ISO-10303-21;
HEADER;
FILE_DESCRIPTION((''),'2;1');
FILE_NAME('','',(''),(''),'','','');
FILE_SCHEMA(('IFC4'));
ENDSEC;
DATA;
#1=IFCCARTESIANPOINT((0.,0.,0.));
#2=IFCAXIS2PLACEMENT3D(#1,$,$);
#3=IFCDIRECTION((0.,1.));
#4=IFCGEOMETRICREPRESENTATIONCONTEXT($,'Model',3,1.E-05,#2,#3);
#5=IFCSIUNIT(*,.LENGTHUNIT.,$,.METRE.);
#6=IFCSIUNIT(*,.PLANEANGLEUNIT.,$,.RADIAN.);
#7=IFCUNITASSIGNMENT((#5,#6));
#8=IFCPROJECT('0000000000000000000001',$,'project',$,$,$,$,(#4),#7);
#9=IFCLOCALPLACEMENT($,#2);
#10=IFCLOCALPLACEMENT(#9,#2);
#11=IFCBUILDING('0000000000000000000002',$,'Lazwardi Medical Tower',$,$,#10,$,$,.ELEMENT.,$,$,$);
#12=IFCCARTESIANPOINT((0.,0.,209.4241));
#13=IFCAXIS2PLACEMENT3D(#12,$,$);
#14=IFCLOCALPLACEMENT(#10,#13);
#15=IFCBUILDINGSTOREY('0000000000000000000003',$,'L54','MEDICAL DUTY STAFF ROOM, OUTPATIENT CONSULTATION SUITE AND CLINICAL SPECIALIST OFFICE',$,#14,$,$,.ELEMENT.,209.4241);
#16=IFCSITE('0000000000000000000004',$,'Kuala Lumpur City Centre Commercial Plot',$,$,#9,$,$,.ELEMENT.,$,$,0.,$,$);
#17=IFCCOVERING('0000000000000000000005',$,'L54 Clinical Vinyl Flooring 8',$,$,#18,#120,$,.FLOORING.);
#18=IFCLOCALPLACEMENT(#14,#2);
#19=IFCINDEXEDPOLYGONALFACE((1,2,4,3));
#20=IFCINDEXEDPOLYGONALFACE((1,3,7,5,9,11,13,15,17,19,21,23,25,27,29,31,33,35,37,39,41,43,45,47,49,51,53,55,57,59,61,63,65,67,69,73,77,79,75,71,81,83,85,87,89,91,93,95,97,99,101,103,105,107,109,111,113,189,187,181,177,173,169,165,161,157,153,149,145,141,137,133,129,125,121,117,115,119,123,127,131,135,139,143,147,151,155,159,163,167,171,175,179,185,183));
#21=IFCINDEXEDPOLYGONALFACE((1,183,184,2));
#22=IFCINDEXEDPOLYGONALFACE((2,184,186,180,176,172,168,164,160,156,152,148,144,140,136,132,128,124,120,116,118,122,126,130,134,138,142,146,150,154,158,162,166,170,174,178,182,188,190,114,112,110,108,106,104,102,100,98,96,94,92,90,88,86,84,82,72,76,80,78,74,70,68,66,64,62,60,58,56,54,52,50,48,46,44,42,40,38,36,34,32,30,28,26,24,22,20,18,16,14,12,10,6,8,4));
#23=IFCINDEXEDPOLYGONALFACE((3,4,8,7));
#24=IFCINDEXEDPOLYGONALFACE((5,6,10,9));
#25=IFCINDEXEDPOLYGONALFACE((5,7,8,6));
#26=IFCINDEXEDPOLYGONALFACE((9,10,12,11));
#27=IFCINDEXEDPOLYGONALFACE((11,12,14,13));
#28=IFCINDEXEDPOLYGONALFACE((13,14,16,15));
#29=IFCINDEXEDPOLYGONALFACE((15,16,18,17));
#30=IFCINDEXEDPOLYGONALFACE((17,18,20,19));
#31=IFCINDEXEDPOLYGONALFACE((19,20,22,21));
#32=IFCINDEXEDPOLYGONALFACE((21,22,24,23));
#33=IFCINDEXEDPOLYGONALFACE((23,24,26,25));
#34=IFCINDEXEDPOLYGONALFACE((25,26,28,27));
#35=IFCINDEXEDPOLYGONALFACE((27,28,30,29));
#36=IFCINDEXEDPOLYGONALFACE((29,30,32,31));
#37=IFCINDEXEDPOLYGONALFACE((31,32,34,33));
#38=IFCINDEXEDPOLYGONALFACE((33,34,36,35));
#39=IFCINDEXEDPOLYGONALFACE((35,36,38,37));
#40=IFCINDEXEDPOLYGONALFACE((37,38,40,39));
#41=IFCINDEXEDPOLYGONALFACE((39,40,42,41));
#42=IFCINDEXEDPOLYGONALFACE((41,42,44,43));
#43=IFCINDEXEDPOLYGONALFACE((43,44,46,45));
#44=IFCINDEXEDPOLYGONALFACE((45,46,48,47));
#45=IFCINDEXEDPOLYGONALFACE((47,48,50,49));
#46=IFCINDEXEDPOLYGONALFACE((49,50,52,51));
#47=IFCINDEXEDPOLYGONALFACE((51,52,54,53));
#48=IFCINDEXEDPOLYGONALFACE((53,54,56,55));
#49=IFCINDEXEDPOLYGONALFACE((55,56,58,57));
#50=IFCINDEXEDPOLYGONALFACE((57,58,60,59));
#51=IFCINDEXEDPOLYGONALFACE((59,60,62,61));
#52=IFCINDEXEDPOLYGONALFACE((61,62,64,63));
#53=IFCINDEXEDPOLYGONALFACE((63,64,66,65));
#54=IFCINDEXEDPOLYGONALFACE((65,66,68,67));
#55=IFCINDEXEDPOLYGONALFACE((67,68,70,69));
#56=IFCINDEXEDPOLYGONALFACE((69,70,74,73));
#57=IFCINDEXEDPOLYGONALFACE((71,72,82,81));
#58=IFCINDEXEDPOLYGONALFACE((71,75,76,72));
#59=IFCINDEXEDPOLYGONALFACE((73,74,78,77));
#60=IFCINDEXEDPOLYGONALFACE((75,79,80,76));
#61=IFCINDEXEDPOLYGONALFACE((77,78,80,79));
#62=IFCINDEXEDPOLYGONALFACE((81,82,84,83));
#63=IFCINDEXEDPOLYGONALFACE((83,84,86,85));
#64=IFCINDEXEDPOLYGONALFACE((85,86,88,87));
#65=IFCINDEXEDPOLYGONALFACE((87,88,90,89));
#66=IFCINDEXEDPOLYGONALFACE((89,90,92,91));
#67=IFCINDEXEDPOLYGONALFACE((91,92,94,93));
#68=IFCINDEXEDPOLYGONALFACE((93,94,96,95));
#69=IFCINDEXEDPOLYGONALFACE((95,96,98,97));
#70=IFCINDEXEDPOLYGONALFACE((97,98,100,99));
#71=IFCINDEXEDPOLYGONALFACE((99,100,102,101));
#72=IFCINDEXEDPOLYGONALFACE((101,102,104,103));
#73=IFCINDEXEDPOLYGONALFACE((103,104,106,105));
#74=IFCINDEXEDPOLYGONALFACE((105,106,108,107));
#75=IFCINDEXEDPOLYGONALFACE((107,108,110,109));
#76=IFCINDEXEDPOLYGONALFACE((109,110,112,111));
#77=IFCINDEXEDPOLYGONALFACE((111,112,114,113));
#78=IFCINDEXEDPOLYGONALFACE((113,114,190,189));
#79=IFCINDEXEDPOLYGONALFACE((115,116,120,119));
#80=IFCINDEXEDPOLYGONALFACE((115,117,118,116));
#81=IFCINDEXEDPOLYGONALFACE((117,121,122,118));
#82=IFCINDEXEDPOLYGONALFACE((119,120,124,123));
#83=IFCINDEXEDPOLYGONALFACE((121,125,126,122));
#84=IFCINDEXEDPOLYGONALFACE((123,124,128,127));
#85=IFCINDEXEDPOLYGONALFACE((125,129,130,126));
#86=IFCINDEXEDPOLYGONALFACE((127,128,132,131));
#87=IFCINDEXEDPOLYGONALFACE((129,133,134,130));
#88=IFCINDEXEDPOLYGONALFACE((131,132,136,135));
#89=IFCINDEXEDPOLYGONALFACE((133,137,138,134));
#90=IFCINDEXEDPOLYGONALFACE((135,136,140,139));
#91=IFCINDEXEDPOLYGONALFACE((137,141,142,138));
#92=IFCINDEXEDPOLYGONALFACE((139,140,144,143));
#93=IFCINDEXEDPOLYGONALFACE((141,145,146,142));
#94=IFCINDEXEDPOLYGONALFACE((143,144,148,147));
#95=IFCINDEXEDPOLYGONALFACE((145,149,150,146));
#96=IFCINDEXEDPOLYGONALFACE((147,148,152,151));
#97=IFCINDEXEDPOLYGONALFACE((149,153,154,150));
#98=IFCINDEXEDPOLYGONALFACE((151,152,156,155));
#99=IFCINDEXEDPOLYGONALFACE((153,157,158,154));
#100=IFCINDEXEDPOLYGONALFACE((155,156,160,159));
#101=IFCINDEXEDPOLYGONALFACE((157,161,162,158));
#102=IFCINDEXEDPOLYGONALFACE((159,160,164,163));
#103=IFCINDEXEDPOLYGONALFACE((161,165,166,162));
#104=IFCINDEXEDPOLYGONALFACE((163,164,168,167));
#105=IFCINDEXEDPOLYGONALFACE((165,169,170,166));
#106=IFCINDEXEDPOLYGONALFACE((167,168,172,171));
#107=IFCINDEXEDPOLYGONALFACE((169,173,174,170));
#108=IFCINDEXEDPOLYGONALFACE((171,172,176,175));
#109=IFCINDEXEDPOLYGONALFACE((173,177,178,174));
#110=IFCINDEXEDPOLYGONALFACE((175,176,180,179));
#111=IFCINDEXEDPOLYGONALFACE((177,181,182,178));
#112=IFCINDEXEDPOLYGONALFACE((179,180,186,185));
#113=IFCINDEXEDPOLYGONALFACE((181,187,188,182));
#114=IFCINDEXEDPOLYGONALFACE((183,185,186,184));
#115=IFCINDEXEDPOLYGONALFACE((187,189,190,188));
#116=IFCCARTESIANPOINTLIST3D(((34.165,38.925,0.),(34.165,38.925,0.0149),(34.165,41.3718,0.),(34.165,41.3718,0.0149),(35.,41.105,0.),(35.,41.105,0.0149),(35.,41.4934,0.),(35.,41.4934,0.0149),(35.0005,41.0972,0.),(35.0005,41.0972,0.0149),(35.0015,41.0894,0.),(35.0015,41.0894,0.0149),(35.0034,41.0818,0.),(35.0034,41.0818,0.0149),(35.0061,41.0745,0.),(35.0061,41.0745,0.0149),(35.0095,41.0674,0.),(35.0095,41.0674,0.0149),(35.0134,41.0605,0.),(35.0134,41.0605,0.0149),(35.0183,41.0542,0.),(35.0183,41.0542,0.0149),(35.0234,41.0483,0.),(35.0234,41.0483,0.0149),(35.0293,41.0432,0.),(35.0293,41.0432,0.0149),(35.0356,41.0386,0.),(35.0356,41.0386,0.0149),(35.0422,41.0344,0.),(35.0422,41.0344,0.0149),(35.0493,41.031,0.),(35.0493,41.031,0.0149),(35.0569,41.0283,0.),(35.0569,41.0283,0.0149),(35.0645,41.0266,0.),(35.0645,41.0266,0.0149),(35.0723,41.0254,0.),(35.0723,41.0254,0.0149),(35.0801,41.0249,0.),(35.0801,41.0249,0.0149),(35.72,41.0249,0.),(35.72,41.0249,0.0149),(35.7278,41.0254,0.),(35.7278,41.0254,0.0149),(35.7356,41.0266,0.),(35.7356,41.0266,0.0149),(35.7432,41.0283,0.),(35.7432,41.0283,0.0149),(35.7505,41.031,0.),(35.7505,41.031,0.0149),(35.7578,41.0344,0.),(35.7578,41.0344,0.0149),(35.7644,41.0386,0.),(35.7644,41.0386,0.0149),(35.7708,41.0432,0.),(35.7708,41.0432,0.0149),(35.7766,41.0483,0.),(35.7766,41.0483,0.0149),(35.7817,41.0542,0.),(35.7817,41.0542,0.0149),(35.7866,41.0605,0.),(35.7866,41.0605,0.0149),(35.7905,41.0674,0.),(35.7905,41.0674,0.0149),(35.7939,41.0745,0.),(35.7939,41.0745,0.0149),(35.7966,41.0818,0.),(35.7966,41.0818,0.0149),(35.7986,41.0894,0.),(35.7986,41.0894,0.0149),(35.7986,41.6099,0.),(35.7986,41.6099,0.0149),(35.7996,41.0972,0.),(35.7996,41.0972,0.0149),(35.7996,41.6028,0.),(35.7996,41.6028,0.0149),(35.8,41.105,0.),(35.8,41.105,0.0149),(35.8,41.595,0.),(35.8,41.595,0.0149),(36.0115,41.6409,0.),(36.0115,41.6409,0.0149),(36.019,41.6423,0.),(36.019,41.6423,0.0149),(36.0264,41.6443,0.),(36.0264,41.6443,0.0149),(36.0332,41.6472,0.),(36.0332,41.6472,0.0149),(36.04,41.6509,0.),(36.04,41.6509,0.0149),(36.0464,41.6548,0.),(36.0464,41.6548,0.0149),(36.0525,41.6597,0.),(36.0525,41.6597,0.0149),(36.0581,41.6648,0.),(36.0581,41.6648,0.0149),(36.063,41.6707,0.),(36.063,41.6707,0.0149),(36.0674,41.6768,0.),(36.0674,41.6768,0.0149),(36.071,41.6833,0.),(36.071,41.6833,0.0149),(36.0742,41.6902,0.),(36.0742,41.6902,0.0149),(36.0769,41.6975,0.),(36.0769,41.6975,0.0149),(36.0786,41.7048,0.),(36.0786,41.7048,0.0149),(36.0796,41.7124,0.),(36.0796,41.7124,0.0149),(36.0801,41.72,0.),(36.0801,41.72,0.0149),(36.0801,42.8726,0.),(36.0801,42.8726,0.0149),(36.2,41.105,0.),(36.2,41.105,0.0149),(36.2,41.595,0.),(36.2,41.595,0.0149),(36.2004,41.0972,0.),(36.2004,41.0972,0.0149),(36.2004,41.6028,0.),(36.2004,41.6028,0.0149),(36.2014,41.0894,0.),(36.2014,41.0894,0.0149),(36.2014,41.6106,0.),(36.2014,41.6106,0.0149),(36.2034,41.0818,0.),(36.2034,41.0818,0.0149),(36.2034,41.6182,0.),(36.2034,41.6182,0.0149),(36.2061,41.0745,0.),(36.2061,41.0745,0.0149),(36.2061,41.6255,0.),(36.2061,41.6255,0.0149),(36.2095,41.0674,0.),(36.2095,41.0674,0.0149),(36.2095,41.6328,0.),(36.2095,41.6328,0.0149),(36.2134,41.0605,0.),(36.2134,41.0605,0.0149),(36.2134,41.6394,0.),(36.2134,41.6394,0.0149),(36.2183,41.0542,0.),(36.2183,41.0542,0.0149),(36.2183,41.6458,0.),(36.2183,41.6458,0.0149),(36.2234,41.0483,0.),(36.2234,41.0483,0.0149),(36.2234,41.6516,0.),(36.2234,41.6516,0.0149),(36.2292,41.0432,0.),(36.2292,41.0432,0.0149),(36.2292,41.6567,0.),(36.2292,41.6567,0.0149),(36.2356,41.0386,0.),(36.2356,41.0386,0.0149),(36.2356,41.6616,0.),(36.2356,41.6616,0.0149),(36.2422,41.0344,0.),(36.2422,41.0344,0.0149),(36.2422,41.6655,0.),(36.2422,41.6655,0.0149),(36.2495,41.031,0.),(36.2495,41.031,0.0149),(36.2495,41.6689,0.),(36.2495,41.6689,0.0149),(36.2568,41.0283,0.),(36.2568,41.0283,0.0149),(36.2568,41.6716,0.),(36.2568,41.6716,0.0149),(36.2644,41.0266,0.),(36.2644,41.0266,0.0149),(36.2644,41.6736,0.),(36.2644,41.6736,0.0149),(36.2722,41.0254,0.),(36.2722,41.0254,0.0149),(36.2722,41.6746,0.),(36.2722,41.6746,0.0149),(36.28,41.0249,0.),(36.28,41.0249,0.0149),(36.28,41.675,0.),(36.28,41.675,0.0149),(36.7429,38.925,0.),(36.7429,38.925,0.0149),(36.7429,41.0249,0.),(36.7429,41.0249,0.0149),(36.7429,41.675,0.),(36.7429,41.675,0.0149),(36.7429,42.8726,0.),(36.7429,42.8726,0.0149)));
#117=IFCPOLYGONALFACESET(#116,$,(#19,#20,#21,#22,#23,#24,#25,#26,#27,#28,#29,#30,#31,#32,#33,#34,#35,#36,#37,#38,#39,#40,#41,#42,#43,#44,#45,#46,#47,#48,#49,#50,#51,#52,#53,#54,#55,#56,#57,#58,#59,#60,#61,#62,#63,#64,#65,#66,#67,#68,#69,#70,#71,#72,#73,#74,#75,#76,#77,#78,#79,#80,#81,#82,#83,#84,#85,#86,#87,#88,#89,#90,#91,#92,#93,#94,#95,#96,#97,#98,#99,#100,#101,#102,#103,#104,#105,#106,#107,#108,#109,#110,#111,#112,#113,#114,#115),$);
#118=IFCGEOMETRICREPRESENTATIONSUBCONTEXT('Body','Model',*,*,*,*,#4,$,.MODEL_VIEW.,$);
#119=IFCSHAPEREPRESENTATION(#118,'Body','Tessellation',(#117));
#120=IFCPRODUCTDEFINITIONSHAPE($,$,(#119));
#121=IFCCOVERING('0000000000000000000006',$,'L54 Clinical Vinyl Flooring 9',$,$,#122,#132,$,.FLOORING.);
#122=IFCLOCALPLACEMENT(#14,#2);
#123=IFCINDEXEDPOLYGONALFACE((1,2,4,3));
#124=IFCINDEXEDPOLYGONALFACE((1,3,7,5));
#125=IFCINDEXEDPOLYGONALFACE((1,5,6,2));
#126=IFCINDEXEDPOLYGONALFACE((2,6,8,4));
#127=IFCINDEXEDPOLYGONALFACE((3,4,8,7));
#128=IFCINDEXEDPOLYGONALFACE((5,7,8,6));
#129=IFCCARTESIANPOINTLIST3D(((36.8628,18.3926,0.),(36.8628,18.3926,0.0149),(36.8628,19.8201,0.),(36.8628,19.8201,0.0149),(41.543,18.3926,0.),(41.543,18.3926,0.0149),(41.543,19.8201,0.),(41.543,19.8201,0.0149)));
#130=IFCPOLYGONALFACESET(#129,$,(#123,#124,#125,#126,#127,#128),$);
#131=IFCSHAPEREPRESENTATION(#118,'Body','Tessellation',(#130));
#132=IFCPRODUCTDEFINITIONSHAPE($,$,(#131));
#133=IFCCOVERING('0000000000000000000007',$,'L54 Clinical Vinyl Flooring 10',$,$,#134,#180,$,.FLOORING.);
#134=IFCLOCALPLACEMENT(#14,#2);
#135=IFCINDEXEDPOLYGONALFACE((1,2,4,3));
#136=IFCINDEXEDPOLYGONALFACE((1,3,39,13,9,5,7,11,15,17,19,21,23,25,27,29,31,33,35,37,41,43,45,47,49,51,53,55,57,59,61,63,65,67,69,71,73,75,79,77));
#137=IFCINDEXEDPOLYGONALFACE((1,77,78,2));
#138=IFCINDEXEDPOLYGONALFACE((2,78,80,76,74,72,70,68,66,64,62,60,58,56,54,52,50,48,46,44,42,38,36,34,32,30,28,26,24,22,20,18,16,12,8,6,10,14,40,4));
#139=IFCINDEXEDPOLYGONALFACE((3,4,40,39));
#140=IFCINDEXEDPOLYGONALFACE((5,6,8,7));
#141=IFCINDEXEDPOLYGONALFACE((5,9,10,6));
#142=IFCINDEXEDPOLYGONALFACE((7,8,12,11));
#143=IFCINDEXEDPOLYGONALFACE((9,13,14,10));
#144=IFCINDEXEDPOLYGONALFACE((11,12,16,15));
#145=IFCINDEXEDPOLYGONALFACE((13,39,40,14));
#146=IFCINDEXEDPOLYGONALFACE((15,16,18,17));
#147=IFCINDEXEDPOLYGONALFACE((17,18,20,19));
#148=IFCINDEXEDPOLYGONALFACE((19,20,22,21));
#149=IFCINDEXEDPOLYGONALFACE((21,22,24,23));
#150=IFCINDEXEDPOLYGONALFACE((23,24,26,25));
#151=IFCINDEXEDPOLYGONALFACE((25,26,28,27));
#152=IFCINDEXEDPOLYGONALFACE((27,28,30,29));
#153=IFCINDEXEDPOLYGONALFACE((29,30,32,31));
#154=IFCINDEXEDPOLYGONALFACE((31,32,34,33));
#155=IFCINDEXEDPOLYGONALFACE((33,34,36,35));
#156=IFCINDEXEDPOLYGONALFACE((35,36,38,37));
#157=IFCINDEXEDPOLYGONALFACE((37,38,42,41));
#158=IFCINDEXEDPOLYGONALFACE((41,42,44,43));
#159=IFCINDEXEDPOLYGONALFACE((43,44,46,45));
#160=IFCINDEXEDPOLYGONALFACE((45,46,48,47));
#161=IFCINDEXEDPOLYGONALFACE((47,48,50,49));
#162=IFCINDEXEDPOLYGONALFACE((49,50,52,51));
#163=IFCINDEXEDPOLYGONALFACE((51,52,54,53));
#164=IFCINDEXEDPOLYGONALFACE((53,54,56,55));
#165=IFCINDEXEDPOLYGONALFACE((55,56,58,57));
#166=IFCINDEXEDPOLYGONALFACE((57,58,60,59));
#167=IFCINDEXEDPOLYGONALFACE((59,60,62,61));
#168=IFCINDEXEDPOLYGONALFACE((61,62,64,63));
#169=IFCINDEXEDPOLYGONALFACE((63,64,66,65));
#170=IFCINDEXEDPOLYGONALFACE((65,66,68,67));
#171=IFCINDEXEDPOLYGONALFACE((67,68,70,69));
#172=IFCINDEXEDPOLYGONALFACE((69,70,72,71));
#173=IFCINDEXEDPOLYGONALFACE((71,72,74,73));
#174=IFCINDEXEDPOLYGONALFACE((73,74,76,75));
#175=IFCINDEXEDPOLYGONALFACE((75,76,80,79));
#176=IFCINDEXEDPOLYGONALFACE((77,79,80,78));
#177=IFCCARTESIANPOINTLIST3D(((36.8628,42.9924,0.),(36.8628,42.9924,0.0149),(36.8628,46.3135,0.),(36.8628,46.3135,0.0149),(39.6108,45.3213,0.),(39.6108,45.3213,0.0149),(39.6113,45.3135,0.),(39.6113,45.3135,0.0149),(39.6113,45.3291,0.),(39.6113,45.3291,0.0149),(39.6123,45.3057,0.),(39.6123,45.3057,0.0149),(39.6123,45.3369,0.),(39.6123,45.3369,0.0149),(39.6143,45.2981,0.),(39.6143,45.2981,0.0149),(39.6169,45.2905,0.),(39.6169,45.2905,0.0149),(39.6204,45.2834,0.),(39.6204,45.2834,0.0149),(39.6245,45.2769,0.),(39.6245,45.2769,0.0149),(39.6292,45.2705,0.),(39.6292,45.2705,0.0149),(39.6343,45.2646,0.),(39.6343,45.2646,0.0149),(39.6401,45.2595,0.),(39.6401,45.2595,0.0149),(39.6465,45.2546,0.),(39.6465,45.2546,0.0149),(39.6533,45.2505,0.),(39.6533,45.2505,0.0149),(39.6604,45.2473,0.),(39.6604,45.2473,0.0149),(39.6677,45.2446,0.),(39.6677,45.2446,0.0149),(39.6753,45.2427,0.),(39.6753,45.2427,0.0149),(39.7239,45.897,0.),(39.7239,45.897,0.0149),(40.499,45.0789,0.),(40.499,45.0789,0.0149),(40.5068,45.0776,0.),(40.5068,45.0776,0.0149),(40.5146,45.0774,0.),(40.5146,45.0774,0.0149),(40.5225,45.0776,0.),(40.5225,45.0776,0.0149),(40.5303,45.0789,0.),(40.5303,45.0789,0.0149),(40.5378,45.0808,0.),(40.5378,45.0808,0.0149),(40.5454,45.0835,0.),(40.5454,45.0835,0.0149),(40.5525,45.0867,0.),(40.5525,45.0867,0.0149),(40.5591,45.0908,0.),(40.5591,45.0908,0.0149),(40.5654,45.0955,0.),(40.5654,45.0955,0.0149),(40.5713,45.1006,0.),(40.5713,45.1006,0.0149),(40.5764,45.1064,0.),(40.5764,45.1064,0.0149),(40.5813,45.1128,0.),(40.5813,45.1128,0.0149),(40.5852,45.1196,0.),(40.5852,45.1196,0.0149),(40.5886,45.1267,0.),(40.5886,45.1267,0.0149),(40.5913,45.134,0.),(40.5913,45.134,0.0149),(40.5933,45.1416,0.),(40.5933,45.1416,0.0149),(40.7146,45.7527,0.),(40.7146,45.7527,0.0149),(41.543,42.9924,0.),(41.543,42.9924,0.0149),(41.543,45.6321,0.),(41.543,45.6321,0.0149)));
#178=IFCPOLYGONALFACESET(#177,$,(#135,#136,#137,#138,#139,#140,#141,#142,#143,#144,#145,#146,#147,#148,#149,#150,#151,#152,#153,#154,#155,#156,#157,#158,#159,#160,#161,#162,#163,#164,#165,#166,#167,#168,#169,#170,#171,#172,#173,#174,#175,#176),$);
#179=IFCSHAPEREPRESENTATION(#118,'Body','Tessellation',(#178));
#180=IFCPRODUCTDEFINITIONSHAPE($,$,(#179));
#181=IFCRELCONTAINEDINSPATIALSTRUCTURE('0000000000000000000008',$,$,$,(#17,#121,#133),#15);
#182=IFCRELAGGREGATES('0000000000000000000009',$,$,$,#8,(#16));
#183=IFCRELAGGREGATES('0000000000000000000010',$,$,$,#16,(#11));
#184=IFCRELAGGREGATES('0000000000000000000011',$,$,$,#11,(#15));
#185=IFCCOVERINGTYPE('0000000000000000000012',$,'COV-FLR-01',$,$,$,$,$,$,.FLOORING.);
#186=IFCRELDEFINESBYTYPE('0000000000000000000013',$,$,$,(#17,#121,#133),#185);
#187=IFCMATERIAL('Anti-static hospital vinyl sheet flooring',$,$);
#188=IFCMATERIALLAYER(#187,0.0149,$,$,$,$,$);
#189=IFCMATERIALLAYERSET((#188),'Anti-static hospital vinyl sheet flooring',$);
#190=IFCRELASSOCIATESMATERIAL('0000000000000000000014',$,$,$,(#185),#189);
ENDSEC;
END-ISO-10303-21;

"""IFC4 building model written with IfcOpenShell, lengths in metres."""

from ifc_helpers import new_model, si_unit, direction, frame, origin, place, context, subcontext, project, spatial, polyline, outline, extrude, material, layer, layer_set, type_object, element, save


model = new_model("IFC4")

# Units and contexts
model_context = context("Model", 3, precision=1e-05, world=origin(), true_north=direction((0.0, 1.0)))
body_context = subcontext(model_context, "Body", "Model", "MODEL_VIEW")
ifc_project = project(units=[si_unit("LENGTHUNIT", "METRE"), si_unit("PLANEANGLEUNIT", "RADIAN")], contexts=[model_context])

# Site, building, storey
site_placement = place(None, origin())
site = spatial("IfcSite", under=ifc_project, at=site_placement, Name="Kuala Lumpur City Centre Commercial Plot", CompositionType="ELEMENT", RefElevation=0.0)
building_placement = place(site_placement, origin())
building = spatial("IfcBuilding", under=site, at=building_placement, Name="Lazwardi Medical Tower", CompositionType="ELEMENT")
storey_placement = place(building_placement, frame((0.0, 0.0, 209.4241)))
storey = spatial("IfcBuildingStorey", under=building, at=storey_placement, Name="L54", Description="MEDICAL DUTY STAFF ROOM, OUTPATIENT CONSULTATION SUITE AND CLINICAL SPECIALIST OFFICE", CompositionType="ELEMENT", Elevation=209.4241)

# Coverings
ifc_material_1 = material(Name="Anti-static hospital vinyl sheet flooring")
ifc_layer_1 = layer(ifc_material_1, 0.0149)
ifc_layer_set_1 = layer_set([ifc_layer_1], Name="Anti-static hospital vinyl sheet flooring")
covering_type_1 = type_object("IfcCoveringType", Name="COV-FLR-01", PredefinedType="FLOORING", material=ifc_layer_set_1)
covering_1_placement = place(storey_placement, origin())
element("IfcCovering", 1, at=covering_1_placement, inside=storey, type_object=covering_type_1, Name="L54 Clinical Vinyl Flooring 8", PredefinedType="FLOORING", context=body_context, shape_type="SweptSolid", body=[
    extrude(outline(polyline([(36.7429, 41.0249), (36.28, 41.0249), (36.2722, 41.0254), (36.2644, 41.0266), (36.2568, 41.0283), (36.2495, 41.031), (36.2422, 41.0344), (36.2356, 41.0386), (36.2292, 41.0432), (36.2234, 41.0483), (36.2183, 41.0542), (36.2134, 41.0605), (36.2095, 41.0674), (36.2061, 41.0745), (36.2034, 41.0818), (36.2014, 41.0894), (36.2004, 41.0972), (36.2, 41.105), (36.2, 41.595), (36.2004, 41.6028), (36.2014, 41.6106), (36.2034, 41.6182), (36.2061, 41.6255), (36.2095, 41.6328), (36.2134, 41.6394), (36.2183, 41.6458), (36.2234, 41.6516), (36.2292, 41.6567), (36.2356, 41.6616), (36.2422, 41.6655), (36.2495, 41.6689), (36.2568, 41.6716), (36.2644, 41.6736), (36.2722, 41.6746), (36.28, 41.675), (36.7429, 41.675), (36.7429, 42.8726), (36.0801, 42.8726), (36.0801, 41.72), (36.0796, 41.7124), (36.0786, 41.7048), (36.0769, 41.6975), (36.0742, 41.6902), (36.071, 41.6833), (36.0674, 41.6768), (36.063, 41.6707), (36.0581, 41.6648), (36.0525, 41.6597), (36.0464, 41.6548), (36.04, 41.6509), (36.0332, 41.6472), (36.0264, 41.6443), (36.019, 41.6423), (36.0115, 41.6409), (35.7986, 41.6099), (35.7996, 41.6028), (35.8, 41.595), (35.8, 41.105), (35.7996, 41.0972), (35.7986, 41.0894), (35.7966, 41.0818), (35.7939, 41.0745), (35.7905, 41.0674), (35.7866, 41.0605), (35.7817, 41.0542), (35.7766, 41.0483), (35.7708, 41.0432), (35.7644, 41.0386), (35.7578, 41.0344), (35.7505, 41.031), (35.7432, 41.0283), (35.7356, 41.0266), (35.7278, 41.0254), (35.72, 41.0249), (35.0801, 41.0249), (35.0723, 41.0254), (35.0645, 41.0266), (35.0569, 41.0283), (35.0493, 41.031), (35.0422, 41.0344), (35.0356, 41.0386), (35.0293, 41.0432), (35.0234, 41.0483), (35.0183, 41.0542), (35.0134, 41.0605), (35.0095, 41.0674), (35.0061, 41.0745), (35.0034, 41.0818), (35.0015, 41.0894), (35.0005, 41.0972), (35.0, 41.105), (35.0, 41.4934), (34.165, 41.3718), (34.165, 38.925), (36.7429, 38.925), (36.7429, 41.0249)])), origin(), (0.0, 0.0, 1.0), 0.0149),
])
covering_2_placement = place(storey_placement, origin())
element("IfcCovering", 2, at=covering_2_placement, inside=storey, type_object=covering_type_1, Name="L54 Clinical Vinyl Flooring 9", PredefinedType="FLOORING", context=body_context, shape_type="SweptSolid", body=[
    extrude(outline(polyline([(41.543, 19.8201), (36.8628, 19.8201), (36.8628, 18.3926), (41.543, 18.3926), (41.543, 19.8201)])), origin(), (0.0, 0.0, 1.0), 0.0149),
])
covering_3_placement = place(storey_placement, origin())
element("IfcCovering", 3, at=covering_3_placement, inside=storey, type_object=covering_type_1, Name="L54 Clinical Vinyl Flooring 10", PredefinedType="FLOORING", context=body_context, shape_type="SweptSolid", body=[
    extrude(outline(polyline([(41.543, 45.6321), (40.7146, 45.7527), (40.5933, 45.1416), (40.5913, 45.134), (40.5886, 45.1267), (40.5852, 45.1196), (40.5813, 45.1128), (40.5764, 45.1064), (40.5713, 45.1006), (40.5654, 45.0955), (40.5591, 45.0908), (40.5525, 45.0867), (40.5454, 45.0835), (40.5378, 45.0808), (40.5303, 45.0789), (40.5225, 45.0776), (40.5146, 45.0774), (40.5068, 45.0776), (40.499, 45.0789), (39.6753, 45.2427), (39.6677, 45.2446), (39.6604, 45.2473), (39.6533, 45.2505), (39.6465, 45.2546), (39.6401, 45.2595), (39.6343, 45.2646), (39.6292, 45.2705), (39.6245, 45.2769), (39.6204, 45.2834), (39.6169, 45.2905), (39.6143, 45.2981), (39.6123, 45.3057), (39.6113, 45.3135), (39.6108, 45.3213), (39.6113, 45.3291), (39.6123, 45.3369), (39.7239, 45.897), (36.8628, 46.3135), (36.8628, 42.9924), (41.543, 42.9924), (41.543, 45.6321)])), origin(), (0.0, 0.0, 1.0), 0.0149),
])

save(model, "model.ifc")
